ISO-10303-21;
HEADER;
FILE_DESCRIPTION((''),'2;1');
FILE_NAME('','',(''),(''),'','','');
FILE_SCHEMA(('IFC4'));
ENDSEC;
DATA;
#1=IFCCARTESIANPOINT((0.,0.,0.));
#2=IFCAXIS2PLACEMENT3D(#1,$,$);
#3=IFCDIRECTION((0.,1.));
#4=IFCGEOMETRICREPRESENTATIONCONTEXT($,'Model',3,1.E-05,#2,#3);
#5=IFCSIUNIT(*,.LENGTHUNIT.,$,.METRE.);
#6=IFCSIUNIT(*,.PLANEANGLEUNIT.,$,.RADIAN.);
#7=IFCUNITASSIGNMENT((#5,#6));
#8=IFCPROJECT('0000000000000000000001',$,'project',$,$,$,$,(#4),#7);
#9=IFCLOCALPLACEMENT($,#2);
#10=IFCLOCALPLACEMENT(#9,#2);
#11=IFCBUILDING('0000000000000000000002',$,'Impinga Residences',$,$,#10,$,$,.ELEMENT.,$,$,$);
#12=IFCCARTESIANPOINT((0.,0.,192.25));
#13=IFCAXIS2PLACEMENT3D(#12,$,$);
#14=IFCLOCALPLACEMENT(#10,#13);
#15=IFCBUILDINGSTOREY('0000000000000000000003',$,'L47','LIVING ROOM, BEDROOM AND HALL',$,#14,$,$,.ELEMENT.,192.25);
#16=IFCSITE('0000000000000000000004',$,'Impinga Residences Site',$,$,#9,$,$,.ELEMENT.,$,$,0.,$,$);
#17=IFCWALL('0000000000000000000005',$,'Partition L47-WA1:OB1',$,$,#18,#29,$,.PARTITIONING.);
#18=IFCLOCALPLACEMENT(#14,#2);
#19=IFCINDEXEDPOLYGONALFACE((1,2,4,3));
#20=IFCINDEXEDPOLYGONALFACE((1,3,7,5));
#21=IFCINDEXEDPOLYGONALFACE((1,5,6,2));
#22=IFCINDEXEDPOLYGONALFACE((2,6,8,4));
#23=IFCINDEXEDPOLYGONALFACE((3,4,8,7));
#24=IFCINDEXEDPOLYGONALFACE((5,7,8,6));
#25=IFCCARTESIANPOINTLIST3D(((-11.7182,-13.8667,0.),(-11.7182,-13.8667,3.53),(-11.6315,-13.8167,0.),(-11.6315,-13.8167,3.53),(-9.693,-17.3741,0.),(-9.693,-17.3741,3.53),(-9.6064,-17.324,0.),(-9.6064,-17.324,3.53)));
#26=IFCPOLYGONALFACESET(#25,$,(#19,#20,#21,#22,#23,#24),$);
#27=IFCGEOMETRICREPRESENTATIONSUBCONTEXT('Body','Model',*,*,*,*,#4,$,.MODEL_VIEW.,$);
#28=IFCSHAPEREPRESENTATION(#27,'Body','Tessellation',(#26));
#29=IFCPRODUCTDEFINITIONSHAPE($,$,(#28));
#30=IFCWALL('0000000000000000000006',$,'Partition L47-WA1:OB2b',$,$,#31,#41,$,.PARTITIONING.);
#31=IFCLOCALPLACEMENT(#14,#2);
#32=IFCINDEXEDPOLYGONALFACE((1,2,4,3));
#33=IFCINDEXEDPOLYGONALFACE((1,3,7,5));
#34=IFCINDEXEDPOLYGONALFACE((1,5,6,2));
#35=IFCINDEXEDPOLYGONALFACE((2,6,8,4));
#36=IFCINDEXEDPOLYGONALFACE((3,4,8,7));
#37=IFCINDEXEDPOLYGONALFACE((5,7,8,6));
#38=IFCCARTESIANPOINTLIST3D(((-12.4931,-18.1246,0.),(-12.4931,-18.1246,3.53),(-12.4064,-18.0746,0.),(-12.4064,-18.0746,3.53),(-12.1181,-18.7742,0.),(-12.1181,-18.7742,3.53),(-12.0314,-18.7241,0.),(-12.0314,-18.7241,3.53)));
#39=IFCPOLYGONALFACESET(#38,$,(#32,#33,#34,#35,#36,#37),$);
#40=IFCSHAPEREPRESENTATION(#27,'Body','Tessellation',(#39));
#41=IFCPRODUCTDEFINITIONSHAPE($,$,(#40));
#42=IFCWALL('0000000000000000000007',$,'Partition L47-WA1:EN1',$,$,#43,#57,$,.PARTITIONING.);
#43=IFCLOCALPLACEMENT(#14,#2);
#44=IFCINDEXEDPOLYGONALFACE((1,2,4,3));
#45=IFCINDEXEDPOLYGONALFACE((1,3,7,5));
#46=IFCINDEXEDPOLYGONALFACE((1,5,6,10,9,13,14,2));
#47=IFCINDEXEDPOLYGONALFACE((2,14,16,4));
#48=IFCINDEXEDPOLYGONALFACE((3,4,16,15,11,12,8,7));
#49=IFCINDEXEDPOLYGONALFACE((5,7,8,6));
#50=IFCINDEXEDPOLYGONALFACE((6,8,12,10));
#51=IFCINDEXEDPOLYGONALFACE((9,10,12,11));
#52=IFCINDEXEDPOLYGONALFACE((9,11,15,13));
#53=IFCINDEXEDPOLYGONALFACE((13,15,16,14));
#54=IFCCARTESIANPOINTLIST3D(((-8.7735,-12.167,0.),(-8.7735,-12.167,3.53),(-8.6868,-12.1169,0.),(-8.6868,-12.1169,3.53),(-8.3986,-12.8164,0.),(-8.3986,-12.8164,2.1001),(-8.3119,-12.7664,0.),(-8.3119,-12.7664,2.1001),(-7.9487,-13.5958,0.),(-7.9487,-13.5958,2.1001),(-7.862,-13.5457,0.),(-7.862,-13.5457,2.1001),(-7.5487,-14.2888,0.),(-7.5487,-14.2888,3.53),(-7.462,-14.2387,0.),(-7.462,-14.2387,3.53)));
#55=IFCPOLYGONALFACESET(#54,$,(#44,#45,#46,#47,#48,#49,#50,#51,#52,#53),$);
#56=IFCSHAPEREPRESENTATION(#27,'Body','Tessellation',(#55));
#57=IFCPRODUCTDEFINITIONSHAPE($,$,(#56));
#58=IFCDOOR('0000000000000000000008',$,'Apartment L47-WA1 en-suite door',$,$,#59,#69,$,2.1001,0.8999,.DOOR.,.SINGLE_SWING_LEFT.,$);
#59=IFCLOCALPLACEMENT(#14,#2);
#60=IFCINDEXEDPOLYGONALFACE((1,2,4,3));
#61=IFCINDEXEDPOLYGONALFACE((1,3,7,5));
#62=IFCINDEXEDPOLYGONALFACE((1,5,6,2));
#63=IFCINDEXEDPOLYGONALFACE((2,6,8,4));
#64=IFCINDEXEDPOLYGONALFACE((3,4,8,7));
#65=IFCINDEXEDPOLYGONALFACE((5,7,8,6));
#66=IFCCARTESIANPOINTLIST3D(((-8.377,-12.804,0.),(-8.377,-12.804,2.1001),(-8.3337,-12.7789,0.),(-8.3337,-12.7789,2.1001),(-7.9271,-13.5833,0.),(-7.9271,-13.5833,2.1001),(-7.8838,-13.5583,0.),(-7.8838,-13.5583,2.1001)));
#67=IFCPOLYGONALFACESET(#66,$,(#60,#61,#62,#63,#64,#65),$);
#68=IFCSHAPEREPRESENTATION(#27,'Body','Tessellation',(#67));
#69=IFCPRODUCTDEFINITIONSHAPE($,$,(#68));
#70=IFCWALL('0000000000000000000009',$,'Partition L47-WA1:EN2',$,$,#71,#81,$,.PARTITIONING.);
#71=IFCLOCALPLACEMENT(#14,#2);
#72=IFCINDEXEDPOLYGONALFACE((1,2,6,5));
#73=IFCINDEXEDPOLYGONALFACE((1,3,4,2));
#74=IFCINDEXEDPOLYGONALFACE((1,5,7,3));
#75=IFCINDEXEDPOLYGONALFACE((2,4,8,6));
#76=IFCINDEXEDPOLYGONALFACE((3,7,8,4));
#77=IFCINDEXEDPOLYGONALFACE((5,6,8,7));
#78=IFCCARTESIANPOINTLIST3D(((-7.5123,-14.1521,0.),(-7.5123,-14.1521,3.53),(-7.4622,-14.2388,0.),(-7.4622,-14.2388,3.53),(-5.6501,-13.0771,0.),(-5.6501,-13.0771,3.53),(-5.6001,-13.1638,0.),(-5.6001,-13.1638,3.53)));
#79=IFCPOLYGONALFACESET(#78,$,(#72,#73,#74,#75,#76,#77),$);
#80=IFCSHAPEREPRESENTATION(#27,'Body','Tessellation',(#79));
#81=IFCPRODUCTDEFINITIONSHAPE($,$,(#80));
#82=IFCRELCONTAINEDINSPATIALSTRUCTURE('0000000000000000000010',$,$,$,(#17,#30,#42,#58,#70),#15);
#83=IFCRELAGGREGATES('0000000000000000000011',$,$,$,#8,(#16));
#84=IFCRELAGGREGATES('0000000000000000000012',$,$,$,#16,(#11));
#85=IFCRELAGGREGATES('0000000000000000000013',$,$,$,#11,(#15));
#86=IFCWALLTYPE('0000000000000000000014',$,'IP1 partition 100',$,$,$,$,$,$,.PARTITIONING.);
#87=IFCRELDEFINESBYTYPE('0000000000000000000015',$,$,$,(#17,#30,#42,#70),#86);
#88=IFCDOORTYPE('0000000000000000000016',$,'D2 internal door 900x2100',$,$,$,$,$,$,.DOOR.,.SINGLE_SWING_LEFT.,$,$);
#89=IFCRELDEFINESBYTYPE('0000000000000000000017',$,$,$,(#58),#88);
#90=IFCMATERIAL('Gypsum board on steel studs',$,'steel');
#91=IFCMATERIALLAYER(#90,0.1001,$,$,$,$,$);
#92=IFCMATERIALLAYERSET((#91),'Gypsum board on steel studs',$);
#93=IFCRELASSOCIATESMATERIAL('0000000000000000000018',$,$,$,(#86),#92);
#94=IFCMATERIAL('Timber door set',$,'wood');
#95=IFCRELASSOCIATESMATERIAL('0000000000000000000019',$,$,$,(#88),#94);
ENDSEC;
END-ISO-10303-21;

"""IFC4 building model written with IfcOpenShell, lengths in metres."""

from ifc_helpers import new_model, si_unit, direction, frame, frame_2d, origin, place, context, subcontext, project, spatial, rectangle, extrude, material, layer, layer_set, type_object, element, fill, save


model = new_model("IFC4")

# Units and contexts
model_context = context("Model", 3, precision=1e-05, world=origin(), true_north=direction((0.0, 1.0)))
body_context = subcontext(model_context, "Body", "Model", "MODEL_VIEW")
ifc_project = project(units=[si_unit("LENGTHUNIT", "METRE"), si_unit("PLANEANGLEUNIT", "RADIAN")], contexts=[model_context])

# Site, building, storey
site_placement = place(None, origin())
site = spatial("IfcSite", under=ifc_project, at=site_placement, Name="Impinga Residences Site", CompositionType="ELEMENT", RefElevation=0.0)
building_placement = place(site_placement, origin())
building = spatial("IfcBuilding", under=site, at=building_placement, Name="Impinga Residences", CompositionType="ELEMENT")
storey_placement = place(building_placement, frame((0.0, 0.0, 192.25)))
storey = spatial("IfcBuildingStorey", under=building, at=storey_placement, Name="L47", Description="LIVING ROOM, BEDROOM AND HALL", CompositionType="ELEMENT", Elevation=192.25)

# Walls
ifc_material_1 = material(Name="Gypsum board on steel studs", Category="steel")
ifc_layer_1 = layer(ifc_material_1, 0.1001)
ifc_layer_set_1 = layer_set([ifc_layer_1], Name="Gypsum board on steel studs")
wall_type_1 = type_object("IfcWallType", Name="IP1 partition 100", PredefinedType="PARTITIONING", material=ifc_layer_set_1)
wall_1_placement = place(storey_placement, frame((-11.6748, -13.8418, 0.0), z_axis=(0.0, 0.0, 1.0), x_axis=(0.500036, -0.866005, 0.0)))
element("IfcWall", 1, at=wall_1_placement, inside=storey, type_object=wall_type_1, Name="Partition L47-WA1:OB1", PredefinedType="PARTITIONING", context=body_context, shape_type="SweptSolid", body=[
    extrude(rectangle(XDim=4.05, YDim=0.1001, at=frame_2d((2.0249, 0.0))), origin(), (0.0, 0.0, 1.0), 3.53),
])
wall_2_placement = place(storey_placement, frame((-12.4497, -18.0996, 0.0), z_axis=(0.0, 0.0, 1.0), x_axis=(0.49992, -0.866072, 0.0)))
element("IfcWall", 2, at=wall_2_placement, inside=storey, type_object=wall_type_1, Name="Partition L47-WA1:OB2b", PredefinedType="PARTITIONING", context=body_context, shape_type="SweptSolid", body=[
    extrude(rectangle(XDim=0.75, YDim=0.1001, at=frame_2d((0.375, 0.0))), origin(), (0.0, 0.0, 1.0), 3.53),
])

# Wall, opening, door
wall_3_placement = place(storey_placement, frame((-8.7302, -12.1418, 0.0), z_axis=(0.0, 0.0, 1.0), x_axis=(0.499944, -0.866058, 0.0)))
wall_3 = element("IfcWall", 3, at=wall_3_placement, inside=storey, type_object=wall_type_1, Name="Partition L47-WA1:EN1", PredefinedType="PARTITIONING", context=body_context, shape_type="SweptSolid", body=[
    extrude(rectangle(XDim=2.45, YDim=0.1001, at=frame_2d((1.2251, 0.0))), origin(), (0.0, 0.0, 1.0), 3.53),
])
opening_1_placement = place(wall_3_placement, frame((0.75, 0.0, 0.0)))
opening_1 = element("IfcOpeningElement", 4, at=opening_1_placement, cuts=wall_3, PredefinedType="OPENING", context=body_context, shape_type="SweptSolid", body=[
    extrude(rectangle(XDim=0.8999, YDim=2.1001, at=frame_2d((0.45, 1.05))), frame((0.0, 0.0601, 0.0), z_axis=(0.0, -1.0, 0.0), x_axis=(1.0, 0.0, 0.0)), (0.0, 0.0, 1.0), 0.1201),
])
ifc_material_2 = material(Name="Timber door set", Category="wood")
door_type = type_object("IfcDoorType", Name="D2 internal door 900x2100", OperationType="SINGLE_SWING_LEFT", PredefinedType="DOOR", material=ifc_material_2)
door_placement = place(opening_1_placement, origin())
door = element("IfcDoor", 5, at=door_placement, inside=storey, type_object=door_type, Name="Apartment L47-WA1 en-suite door", OperationType="SINGLE_SWING_LEFT", OverallHeight=2.1001, OverallWidth=0.8999, PredefinedType="DOOR", context=body_context, shape_type="SweptSolid", body=[
    extrude(rectangle(XDim=0.8999, YDim=2.1001, at=frame_2d((0.45, 1.05))), frame((0.0, 0.0249, 0.0), z_axis=(0.0, -1.0, 0.0), x_axis=(1.0, 0.0, 0.0)), (0.0, 0.0, 1.0), 0.05),
])
fill(opening_1, door)

# Wall
wall_4_placement = place(storey_placement, frame((-5.625, -13.1204, 0.0), z_axis=(0.0, 0.0, 1.0), x_axis=(-0.866048, -0.499962, 0.0)))
element("IfcWall", 6, at=wall_4_placement, inside=storey, type_object=wall_type_1, Name="Partition L47-WA1:EN2", PredefinedType="PARTITIONING", context=body_context, shape_type="SweptSolid", body=[
    extrude(rectangle(XDim=2.1501, YDim=0.1001, at=frame_2d((1.0752, 0.0))), origin(), (0.0, 0.0, 1.0), 3.53),
])

save(model, "model.ifc")
